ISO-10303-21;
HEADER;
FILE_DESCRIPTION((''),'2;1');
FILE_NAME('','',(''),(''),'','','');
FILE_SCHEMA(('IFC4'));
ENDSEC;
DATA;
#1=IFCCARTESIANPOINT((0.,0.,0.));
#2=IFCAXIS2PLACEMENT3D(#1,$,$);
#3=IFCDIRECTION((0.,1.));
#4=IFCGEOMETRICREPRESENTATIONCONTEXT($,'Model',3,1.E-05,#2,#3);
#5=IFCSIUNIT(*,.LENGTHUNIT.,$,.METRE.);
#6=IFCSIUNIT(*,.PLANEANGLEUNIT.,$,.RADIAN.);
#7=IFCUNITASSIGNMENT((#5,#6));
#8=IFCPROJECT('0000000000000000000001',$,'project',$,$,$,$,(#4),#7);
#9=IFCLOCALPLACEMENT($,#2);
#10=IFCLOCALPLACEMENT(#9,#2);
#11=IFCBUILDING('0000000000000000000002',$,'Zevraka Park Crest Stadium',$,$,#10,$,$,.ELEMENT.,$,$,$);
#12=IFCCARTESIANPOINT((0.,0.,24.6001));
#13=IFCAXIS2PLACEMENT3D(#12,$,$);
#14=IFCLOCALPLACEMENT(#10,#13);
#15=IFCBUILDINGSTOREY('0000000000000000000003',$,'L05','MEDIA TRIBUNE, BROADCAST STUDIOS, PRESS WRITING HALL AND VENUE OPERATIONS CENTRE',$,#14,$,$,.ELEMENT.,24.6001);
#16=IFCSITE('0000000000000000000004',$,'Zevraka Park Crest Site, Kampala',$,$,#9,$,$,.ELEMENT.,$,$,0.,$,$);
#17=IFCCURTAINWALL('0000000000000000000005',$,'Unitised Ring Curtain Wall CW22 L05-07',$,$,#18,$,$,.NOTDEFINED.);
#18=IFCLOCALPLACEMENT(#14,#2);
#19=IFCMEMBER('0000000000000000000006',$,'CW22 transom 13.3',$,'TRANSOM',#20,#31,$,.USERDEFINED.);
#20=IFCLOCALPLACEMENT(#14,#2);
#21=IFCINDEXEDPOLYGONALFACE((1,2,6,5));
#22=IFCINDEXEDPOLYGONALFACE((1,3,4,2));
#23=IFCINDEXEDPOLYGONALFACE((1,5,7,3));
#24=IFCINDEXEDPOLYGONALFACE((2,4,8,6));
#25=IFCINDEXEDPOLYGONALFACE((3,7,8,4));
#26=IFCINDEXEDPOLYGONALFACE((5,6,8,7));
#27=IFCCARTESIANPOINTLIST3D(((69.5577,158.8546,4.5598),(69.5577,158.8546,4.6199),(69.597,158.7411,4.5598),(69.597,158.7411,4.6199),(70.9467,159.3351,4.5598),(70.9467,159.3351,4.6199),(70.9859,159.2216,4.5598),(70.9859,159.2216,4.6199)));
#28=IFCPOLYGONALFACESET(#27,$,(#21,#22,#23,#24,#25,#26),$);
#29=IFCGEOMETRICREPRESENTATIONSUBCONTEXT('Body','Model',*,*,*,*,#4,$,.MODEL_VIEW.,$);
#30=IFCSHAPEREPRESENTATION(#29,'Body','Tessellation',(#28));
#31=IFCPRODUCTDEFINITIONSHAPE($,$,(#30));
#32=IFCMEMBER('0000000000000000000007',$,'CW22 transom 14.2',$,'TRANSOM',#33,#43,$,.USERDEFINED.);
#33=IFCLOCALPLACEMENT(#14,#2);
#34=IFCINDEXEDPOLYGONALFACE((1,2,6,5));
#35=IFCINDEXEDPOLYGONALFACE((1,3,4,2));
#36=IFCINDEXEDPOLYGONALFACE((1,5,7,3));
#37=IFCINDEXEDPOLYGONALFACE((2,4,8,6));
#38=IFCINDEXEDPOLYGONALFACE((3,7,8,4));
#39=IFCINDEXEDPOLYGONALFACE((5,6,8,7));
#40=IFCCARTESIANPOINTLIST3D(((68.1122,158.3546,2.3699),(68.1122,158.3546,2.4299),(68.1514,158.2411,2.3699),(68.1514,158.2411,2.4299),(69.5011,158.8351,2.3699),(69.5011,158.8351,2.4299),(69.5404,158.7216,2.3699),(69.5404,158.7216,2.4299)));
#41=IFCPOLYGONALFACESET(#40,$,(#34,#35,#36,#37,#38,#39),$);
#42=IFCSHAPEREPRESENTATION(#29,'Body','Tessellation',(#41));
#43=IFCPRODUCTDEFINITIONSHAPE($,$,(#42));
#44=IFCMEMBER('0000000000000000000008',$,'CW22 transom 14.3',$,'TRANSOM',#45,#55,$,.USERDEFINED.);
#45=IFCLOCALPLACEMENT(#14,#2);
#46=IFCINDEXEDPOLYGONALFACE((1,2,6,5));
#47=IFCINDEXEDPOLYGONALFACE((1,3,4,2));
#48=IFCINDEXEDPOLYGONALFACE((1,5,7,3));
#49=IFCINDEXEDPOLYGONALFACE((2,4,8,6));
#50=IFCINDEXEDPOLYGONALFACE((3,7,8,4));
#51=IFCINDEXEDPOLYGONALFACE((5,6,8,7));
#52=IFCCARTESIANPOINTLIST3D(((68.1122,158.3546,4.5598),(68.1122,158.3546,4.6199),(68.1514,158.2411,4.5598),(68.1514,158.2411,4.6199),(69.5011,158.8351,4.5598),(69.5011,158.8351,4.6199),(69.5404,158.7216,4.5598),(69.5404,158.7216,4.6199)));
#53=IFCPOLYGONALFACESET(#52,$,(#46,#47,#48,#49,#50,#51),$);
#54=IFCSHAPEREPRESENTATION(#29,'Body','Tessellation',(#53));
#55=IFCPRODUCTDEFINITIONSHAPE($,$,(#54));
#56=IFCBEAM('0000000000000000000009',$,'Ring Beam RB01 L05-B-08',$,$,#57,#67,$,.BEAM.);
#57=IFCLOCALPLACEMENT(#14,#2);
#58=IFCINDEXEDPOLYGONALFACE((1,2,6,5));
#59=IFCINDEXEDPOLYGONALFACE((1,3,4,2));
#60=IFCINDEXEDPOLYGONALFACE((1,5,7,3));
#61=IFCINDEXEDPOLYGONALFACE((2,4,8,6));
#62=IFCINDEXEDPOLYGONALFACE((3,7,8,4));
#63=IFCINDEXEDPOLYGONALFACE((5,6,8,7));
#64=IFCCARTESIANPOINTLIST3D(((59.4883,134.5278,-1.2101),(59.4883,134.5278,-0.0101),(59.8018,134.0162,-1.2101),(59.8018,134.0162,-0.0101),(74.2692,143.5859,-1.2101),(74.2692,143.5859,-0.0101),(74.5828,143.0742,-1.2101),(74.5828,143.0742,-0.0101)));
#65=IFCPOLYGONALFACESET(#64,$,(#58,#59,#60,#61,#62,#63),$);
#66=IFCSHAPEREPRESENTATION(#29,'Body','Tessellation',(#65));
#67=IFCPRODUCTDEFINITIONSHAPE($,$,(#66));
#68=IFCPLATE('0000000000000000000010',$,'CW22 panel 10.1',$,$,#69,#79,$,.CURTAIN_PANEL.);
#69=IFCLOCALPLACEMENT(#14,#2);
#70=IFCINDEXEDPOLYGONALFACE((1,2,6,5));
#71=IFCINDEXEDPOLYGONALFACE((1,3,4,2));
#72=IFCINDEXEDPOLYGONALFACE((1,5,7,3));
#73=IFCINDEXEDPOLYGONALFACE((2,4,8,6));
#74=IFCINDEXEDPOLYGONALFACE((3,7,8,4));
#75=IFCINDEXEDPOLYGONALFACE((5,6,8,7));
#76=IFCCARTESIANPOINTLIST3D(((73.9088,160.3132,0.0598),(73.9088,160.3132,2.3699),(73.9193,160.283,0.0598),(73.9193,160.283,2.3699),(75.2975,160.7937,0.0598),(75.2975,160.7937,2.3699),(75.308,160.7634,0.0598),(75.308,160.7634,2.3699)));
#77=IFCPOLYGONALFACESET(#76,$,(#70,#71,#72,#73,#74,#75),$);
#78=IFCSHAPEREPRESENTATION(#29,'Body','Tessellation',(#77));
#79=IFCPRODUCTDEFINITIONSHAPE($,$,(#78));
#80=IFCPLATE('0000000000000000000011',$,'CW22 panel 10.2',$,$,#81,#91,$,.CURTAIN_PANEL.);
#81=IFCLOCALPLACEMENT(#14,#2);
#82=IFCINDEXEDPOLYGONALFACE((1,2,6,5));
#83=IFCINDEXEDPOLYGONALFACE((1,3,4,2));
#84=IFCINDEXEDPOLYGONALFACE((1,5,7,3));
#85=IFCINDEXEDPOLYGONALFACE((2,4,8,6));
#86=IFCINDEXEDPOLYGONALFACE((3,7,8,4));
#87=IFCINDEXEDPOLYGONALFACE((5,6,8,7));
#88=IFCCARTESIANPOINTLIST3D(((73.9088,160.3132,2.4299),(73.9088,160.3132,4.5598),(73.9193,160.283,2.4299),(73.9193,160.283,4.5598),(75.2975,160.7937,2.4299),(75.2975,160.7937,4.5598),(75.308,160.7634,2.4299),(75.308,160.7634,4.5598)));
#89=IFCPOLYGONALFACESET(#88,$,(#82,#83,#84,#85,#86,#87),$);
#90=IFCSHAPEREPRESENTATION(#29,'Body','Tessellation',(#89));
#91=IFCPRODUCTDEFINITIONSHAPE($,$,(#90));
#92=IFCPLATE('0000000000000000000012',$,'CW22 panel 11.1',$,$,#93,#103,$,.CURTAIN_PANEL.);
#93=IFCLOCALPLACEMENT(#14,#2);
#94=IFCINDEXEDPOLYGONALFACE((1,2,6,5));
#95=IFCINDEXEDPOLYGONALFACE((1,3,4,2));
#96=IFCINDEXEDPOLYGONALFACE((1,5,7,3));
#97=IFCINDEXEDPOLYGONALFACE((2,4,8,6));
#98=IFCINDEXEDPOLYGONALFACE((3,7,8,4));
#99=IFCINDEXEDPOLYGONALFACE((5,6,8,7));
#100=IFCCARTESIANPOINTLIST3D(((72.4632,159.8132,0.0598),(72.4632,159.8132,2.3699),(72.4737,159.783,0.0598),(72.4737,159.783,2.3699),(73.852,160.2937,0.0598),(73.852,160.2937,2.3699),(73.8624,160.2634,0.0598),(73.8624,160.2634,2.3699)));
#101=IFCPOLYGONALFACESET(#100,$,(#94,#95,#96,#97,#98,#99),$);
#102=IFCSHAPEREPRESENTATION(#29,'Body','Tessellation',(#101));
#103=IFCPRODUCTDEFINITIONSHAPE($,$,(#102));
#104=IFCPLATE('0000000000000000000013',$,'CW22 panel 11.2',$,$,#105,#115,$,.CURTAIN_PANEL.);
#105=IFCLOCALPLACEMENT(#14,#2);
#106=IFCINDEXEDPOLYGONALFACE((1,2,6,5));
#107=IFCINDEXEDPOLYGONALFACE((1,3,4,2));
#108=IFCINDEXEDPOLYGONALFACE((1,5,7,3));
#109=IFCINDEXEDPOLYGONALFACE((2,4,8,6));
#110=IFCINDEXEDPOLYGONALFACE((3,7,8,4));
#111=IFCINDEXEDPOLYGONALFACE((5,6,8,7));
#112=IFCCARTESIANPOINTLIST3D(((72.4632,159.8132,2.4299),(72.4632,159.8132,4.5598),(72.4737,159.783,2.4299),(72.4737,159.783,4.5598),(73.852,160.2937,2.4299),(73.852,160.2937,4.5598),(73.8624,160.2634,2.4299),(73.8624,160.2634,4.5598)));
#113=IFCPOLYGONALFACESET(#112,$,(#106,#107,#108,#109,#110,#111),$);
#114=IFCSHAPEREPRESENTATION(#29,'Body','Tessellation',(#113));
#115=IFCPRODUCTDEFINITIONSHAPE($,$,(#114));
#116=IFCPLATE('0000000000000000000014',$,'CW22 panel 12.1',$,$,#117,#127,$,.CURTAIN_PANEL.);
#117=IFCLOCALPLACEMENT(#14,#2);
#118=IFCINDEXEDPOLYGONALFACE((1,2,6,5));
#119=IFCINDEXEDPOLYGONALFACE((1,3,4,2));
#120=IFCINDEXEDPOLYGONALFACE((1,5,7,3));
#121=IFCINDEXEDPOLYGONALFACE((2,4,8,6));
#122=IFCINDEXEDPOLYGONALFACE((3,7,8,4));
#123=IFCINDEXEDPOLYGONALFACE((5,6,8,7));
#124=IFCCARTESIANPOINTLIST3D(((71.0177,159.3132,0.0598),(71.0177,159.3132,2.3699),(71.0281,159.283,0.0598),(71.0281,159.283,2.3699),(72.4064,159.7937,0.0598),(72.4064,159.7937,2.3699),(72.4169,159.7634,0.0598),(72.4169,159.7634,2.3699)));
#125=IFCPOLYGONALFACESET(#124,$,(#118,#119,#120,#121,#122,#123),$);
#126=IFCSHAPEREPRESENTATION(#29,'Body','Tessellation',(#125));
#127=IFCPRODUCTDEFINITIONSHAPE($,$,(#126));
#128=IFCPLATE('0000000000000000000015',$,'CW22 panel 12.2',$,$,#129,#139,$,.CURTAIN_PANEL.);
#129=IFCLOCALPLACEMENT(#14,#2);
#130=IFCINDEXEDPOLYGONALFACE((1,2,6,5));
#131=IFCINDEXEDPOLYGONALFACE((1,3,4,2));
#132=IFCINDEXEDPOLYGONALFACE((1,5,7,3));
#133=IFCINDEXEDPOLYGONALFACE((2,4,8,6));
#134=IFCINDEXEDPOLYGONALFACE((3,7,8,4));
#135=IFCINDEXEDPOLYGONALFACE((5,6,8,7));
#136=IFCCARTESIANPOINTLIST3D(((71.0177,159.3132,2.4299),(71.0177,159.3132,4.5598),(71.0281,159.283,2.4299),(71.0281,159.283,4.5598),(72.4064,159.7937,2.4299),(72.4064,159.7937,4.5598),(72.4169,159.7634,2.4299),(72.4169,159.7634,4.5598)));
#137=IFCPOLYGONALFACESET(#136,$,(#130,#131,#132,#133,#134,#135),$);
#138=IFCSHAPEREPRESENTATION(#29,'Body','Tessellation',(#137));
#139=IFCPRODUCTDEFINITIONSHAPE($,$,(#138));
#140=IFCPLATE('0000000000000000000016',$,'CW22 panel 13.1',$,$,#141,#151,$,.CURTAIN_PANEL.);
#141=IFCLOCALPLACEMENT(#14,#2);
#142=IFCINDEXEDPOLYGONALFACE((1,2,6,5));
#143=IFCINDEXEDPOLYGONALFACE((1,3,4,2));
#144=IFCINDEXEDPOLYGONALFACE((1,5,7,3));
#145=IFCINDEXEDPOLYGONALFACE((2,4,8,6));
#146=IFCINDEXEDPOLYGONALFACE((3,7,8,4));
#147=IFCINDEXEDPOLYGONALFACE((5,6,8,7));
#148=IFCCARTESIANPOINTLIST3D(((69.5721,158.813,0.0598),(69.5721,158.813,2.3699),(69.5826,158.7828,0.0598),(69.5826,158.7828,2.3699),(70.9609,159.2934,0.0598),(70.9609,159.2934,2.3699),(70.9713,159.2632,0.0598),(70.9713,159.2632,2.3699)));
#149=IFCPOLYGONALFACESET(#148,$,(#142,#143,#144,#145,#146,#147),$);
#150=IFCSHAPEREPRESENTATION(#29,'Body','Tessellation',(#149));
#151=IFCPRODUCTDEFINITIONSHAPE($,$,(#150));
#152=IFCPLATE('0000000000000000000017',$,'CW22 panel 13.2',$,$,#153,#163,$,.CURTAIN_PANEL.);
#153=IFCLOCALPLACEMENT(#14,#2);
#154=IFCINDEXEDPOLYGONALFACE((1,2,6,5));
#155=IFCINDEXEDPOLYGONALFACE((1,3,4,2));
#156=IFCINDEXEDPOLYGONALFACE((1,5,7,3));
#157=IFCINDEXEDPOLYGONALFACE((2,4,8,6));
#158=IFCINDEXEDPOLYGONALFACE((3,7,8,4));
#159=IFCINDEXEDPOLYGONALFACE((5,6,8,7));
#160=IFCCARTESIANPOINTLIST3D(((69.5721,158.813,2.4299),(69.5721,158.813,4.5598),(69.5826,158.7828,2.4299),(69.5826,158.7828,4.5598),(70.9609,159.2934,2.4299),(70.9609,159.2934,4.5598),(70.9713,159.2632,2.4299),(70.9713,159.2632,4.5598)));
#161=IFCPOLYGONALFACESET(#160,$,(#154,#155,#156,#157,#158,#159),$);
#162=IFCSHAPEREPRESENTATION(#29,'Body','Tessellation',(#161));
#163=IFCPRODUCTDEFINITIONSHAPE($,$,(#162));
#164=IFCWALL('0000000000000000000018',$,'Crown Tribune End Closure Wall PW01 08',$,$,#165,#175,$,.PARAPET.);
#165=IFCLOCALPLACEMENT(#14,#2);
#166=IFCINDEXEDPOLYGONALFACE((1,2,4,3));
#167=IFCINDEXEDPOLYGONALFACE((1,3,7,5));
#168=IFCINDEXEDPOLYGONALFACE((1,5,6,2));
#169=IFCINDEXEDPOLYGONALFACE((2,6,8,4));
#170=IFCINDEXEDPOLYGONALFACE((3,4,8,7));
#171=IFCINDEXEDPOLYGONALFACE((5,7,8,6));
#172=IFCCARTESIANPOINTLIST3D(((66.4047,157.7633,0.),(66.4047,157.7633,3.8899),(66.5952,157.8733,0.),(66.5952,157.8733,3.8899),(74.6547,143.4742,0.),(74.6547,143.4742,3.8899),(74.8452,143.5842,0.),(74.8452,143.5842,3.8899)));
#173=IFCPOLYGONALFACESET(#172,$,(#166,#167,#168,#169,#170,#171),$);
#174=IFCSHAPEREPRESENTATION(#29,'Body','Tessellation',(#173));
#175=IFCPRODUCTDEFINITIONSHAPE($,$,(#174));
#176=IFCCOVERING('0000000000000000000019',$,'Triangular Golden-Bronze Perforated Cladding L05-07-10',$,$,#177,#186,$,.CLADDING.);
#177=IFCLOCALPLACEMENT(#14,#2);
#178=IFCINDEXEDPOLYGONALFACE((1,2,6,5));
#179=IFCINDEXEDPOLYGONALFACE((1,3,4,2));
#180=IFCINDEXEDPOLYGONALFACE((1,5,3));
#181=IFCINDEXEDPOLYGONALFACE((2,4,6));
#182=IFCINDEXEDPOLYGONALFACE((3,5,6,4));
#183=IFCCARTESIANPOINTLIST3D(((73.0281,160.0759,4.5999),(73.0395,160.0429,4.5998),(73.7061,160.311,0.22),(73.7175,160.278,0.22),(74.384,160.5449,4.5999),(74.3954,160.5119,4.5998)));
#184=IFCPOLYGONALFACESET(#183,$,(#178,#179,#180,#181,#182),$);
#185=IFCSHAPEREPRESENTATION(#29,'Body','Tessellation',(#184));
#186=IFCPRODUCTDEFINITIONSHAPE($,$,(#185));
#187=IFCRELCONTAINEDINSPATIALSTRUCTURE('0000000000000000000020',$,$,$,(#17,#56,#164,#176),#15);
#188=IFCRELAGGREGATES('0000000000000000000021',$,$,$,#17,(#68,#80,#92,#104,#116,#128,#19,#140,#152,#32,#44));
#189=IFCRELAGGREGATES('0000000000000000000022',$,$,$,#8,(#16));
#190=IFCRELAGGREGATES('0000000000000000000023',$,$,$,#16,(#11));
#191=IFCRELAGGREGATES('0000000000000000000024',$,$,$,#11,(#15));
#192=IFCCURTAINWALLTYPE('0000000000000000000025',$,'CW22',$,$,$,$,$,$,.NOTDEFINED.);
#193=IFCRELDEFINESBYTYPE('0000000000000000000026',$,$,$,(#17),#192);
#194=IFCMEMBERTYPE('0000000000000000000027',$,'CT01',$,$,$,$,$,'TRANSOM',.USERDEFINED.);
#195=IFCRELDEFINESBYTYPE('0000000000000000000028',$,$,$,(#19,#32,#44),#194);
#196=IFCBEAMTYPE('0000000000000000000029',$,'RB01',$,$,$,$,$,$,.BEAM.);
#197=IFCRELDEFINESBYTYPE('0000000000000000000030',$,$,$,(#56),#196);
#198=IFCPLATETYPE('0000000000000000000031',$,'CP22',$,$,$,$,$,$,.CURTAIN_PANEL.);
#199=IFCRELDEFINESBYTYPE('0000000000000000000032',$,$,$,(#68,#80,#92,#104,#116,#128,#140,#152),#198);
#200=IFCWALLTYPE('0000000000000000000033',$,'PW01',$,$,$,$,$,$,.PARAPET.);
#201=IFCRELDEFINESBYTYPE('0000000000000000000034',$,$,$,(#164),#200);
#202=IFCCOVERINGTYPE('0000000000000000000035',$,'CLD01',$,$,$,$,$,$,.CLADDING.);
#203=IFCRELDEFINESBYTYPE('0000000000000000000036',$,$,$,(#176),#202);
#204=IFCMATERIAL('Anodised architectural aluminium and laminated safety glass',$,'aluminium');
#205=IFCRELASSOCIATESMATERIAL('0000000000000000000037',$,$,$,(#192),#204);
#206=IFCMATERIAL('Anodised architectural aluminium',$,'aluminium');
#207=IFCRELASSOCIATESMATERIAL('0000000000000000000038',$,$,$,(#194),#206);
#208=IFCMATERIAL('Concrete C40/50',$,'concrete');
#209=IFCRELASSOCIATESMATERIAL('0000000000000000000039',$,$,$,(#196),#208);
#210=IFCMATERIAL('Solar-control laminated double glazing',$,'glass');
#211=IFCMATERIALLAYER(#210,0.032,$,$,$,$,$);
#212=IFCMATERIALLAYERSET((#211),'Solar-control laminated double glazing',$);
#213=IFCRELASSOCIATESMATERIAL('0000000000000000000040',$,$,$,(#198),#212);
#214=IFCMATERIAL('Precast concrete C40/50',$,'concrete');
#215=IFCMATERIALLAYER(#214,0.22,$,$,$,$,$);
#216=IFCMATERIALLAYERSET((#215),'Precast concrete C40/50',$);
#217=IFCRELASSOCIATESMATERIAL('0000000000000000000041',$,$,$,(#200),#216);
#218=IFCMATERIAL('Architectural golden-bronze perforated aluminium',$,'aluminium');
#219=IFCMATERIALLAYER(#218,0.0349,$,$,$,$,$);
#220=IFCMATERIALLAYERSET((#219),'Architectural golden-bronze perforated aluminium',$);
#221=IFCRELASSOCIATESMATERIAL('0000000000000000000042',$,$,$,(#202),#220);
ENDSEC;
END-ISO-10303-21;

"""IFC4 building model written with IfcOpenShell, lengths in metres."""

from ifc_helpers import new_model, si_unit, direction, frame, frame_2d, origin, origin_2d, place, context, subcontext, project, spatial, polyline, rectangle, outline, extrude, material, layer, layer_set, material_profile, profile_set, type_object, element, aggregate, save


model = new_model("IFC4")

# Units and contexts
model_context = context("Model", 3, precision=1e-05, world=origin(), true_north=direction((0.0, 1.0)))
body_context = subcontext(model_context, "Body", "Model", "MODEL_VIEW")
ifc_project = project(units=[si_unit("LENGTHUNIT", "METRE"), si_unit("PLANEANGLEUNIT", "RADIAN")], contexts=[model_context])

# Site, building, storey
site_placement = place(None, origin())
site = spatial("IfcSite", under=ifc_project, at=site_placement, Name="Zevraka Park Crest Site, Kampala", CompositionType="ELEMENT", RefElevation=0.0)
building_placement = place(site_placement, origin())
building = spatial("IfcBuilding", under=site, at=building_placement, Name="Zevraka Park Crest Stadium", CompositionType="ELEMENT")
storey_placement = place(building_placement, frame((0.0, 0.0, 24.6001)))
storey = spatial("IfcBuildingStorey", under=building, at=storey_placement, Name="L05", Description="MEDIA TRIBUNE, BROADCAST STUDIOS, PRESS WRITING HALL AND VENUE OPERATIONS CENTRE", CompositionType="ELEMENT", Elevation=24.6001)

# Curtain wall, members
ifc_material_1 = material(Name="Anodised architectural aluminium and laminated safety glass", Category="aluminium")
curtain_wall_type = type_object("IfcCurtainWallType", Name="CW22", PredefinedType="NOTDEFINED", material=ifc_material_1)
curtain_wall_placement = place(storey_placement, origin())
curtain_wall = element("IfcCurtainWall", 1, at=curtain_wall_placement, inside=storey, type_object=curtain_wall_type, Name="Unitised Ring Curtain Wall CW22 L05-07", PredefinedType="NOTDEFINED")
ifc_material_2 = material(Name="Anodised architectural aluminium", Category="aluminium")
ifc_material_profile_1 = material_profile(ifc_material_2, rectangle(XDim=0.1201, YDim=0.0601, at=origin_2d()), Name="ALU TRANSOM 120x60")
ifc_profile_set_1 = profile_set([ifc_material_profile_1], Name="Anodised architectural aluminium")
member_type_1 = type_object("IfcMemberType", Name="CT01", ElementType="TRANSOM", PredefinedType="USERDEFINED", material=ifc_profile_set_1)
member_1_placement = place(storey_placement, frame((70.9663, 159.2783, 4.5898), z_axis=(-0.945051, -0.326922, 0.0), x_axis=(0.326922, -0.945051, 0.0)))
member_1 = element("IfcMember", 2, at=member_1_placement, type_object=member_type_1, Name="CW22 transom 13.3", ObjectType="TRANSOM", PredefinedType="USERDEFINED", context=body_context, shape_type="SweptSolid", body=[
    extrude(rectangle(XDim=0.1201, YDim=0.0601, at=origin_2d()), origin(), (0.0, 0.0, 1.0), 1.4697),
])
member_2_placement = place(storey_placement, frame((69.5208, 158.7783, 2.3999), z_axis=(-0.945051, -0.326922, 0.0), x_axis=(0.326922, -0.945051, 0.0)))
member_2 = element("IfcMember", 3, at=member_2_placement, type_object=member_type_1, Name="CW22 transom 14.2", ObjectType="TRANSOM", PredefinedType="USERDEFINED", context=body_context, shape_type="SweptSolid", body=[
    extrude(rectangle(XDim=0.1201, YDim=0.0601, at=origin_2d()), origin(), (0.0, 0.0, 1.0), 1.4697),
])
member_3_placement = place(storey_placement, frame((69.5208, 158.7783, 4.5898), z_axis=(-0.945051, -0.326922, 0.0), x_axis=(0.326922, -0.945051, 0.0)))
member_3 = element("IfcMember", 4, at=member_3_placement, type_object=member_type_1, Name="CW22 transom 14.3", ObjectType="TRANSOM", PredefinedType="USERDEFINED", context=body_context, shape_type="SweptSolid", body=[
    extrude(rectangle(XDim=0.1201, YDim=0.0601, at=origin_2d()), origin(), (0.0, 0.0, 1.0), 1.4697),
])

# Beam
ifc_material_3 = material(Name="Concrete C40/50", Category="concrete")
ifc_material_profile_2 = material_profile(ifc_material_3, rectangle(XDim=0.6001, YDim=1.2, at=origin_2d()), Name="RC 1200x600")
ifc_profile_set_2 = profile_set([ifc_material_profile_2], Name="Concrete C40/50")
beam_type_1 = type_object("IfcBeamType", Name="RB01", PredefinedType="BEAM", material=ifc_profile_set_2)
beam_1_placement = place(storey_placement, frame((74.426, 143.3301, -0.6101), z_axis=(-0.852633, -0.522511, 0.0), x_axis=(0.522511, -0.852633, 0.0)))
element("IfcBeam", 5, at=beam_1_placement, inside=storey, type_object=beam_type_1, Name="Ring Beam RB01 L05-B-08", PredefinedType="BEAM", context=body_context, shape_type="SweptSolid", body=[
    extrude(rectangle(XDim=0.6001, YDim=1.2, at=origin_2d()), origin(), (0.0, 0.0, 1.0), 17.3357),
])

# Plates
ifc_material_4 = material(Name="Solar-control laminated double glazing", Category="glass")
ifc_layer_1 = layer(ifc_material_4, 0.032)
ifc_layer_set_1 = layer_set([ifc_layer_1], Name="Solar-control laminated double glazing")
plate_type = type_object("IfcPlateType", Name="CP22", PredefinedType="CURTAIN_PANEL", material=ifc_layer_set_1)
plate_1_placement = place(storey_placement, frame((74.6084, 160.5383, 0.0598), z_axis=(0.0, 0.0, 1.0), x_axis=(-0.945049, -0.326929, 0.0)))
plate_1 = element("IfcPlate", 6, at=plate_1_placement, type_object=plate_type, Name="CW22 panel 10.1", PredefinedType="CURTAIN_PANEL", context=body_context, shape_type="SweptSolid", body=[
    extrude(rectangle(XDim=1.4695, YDim=0.032, at=origin_2d()), origin(), (0.0, 0.0, 1.0), 2.3101),
])
plate_2_placement = place(storey_placement, frame((74.6084, 160.5383, 2.4299), z_axis=(0.0, 0.0, 1.0), x_axis=(-0.945049, -0.326929, 0.0)))
plate_2 = element("IfcPlate", 7, at=plate_2_placement, type_object=plate_type, Name="CW22 panel 10.2", PredefinedType="CURTAIN_PANEL", context=body_context, shape_type="SweptSolid", body=[
    extrude(rectangle(XDim=1.4695, YDim=0.032, at=origin_2d()), origin(), (0.0, 0.0, 1.0), 2.1299),
])
plate_3_placement = place(storey_placement, frame((73.1628, 160.0383, 0.0598), z_axis=(0.0, 0.0, 1.0), x_axis=(-0.945049, -0.326929, 0.0)))
plate_3 = element("IfcPlate", 8, at=plate_3_placement, type_object=plate_type, Name="CW22 panel 11.1", PredefinedType="CURTAIN_PANEL", context=body_context, shape_type="SweptSolid", body=[
    extrude(rectangle(XDim=1.4695, YDim=0.032, at=origin_2d()), origin(), (0.0, 0.0, 1.0), 2.3101),
])
plate_4_placement = place(storey_placement, frame((73.1628, 160.0383, 2.4299), z_axis=(0.0, 0.0, 1.0), x_axis=(-0.945049, -0.326929, 0.0)))
plate_4 = element("IfcPlate", 9, at=plate_4_placement, type_object=plate_type, Name="CW22 panel 11.2", PredefinedType="CURTAIN_PANEL", context=body_context, shape_type="SweptSolid", body=[
    extrude(rectangle(XDim=1.4695, YDim=0.032, at=origin_2d()), origin(), (0.0, 0.0, 1.0), 2.1299),
])
plate_5_placement = place(storey_placement, frame((71.7173, 159.5383, 0.0598), z_axis=(0.0, 0.0, 1.0), x_axis=(-0.945049, -0.326929, 0.0)))
plate_5 = element("IfcPlate", 10, at=plate_5_placement, type_object=plate_type, Name="CW22 panel 12.1", PredefinedType="CURTAIN_PANEL", context=body_context, shape_type="SweptSolid", body=[
    extrude(rectangle(XDim=1.4695, YDim=0.032, at=origin_2d()), origin(), (0.0, 0.0, 1.0), 2.3101),
])
plate_6_placement = place(storey_placement, frame((71.7173, 159.5383, 2.4299), z_axis=(0.0, 0.0, 1.0), x_axis=(-0.945049, -0.326929, 0.0)))
plate_6 = element("IfcPlate", 11, at=plate_6_placement, type_object=plate_type, Name="CW22 panel 12.2", PredefinedType="CURTAIN_PANEL", context=body_context, shape_type="SweptSolid", body=[
    extrude(rectangle(XDim=1.4695, YDim=0.032, at=origin_2d()), origin(), (0.0, 0.0, 1.0), 2.1299),
])
plate_7_placement = place(storey_placement, frame((70.2717, 159.0381, 0.0598), z_axis=(0.0, 0.0, 1.0), x_axis=(-0.945049, -0.326929, 0.0)))
plate_7 = element("IfcPlate", 12, at=plate_7_placement, type_object=plate_type, Name="CW22 panel 13.1", PredefinedType="CURTAIN_PANEL", context=body_context, shape_type="SweptSolid", body=[
    extrude(rectangle(XDim=1.4695, YDim=0.032, at=origin_2d()), origin(), (0.0, 0.0, 1.0), 2.3101),
])
plate_8_placement = place(storey_placement, frame((70.2717, 159.0381, 2.4299), z_axis=(0.0, 0.0, 1.0), x_axis=(-0.945049, -0.326929, 0.0)))
plate_8 = element("IfcPlate", 13, at=plate_8_placement, type_object=plate_type, Name="CW22 panel 13.2", PredefinedType="CURTAIN_PANEL", context=body_context, shape_type="SweptSolid", body=[
    extrude(rectangle(XDim=1.4695, YDim=0.032, at=origin_2d()), origin(), (0.0, 0.0, 1.0), 2.1299),
])
aggregate(curtain_wall, [plate_1, plate_2, plate_3, plate_4, plate_5, plate_6, member_1, plate_7, plate_8, member_2, member_3])

# Wall
ifc_material_5 = material(Name="Precast concrete C40/50", Category="concrete")
ifc_layer_2 = layer(ifc_material_5, 0.22)
ifc_layer_set_2 = layer_set([ifc_layer_2], Name="Precast concrete C40/50")
wall_type = type_object("IfcWallType", Name="PW01", PredefinedType="PARAPET", material=ifc_layer_set_2)
wall_placement = place(storey_placement, frame((74.75, 143.5291, 0.0), z_axis=(0.0, 0.0, 1.0), x_axis=(-0.500009, 0.86602, 0.0)))
element("IfcWall", 14, at=wall_placement, inside=storey, type_object=wall_type, Name="Crown Tribune End Closure Wall PW01 08", PredefinedType="PARAPET", context=body_context, shape_type="SweptSolid", body=[
    extrude(rectangle(XDim=16.4998, YDim=0.22, at=frame_2d((8.25, 0.0))), origin(), (0.0, 0.0, 1.0), 3.8899),
])

# Covering
ifc_material_6 = material(Name="Architectural golden-bronze perforated aluminium", Category="aluminium")
ifc_layer_3 = layer(ifc_material_6, 0.0349)
ifc_layer_set_3 = layer_set([ifc_layer_3], Name="Architectural golden-bronze perforated aluminium")
covering_type = type_object("IfcCoveringType", Name="CLD01", PredefinedType="CLADDING", material=ifc_layer_set_3)
covering_1_placement = place(storey_placement, frame((73.0281, 160.0759, 4.5999), z_axis=(-0.326877, 0.945067, 0.000132), x_axis=(0.945067, 0.326877, 0.0)))
element("IfcCovering", 15, at=covering_1_placement, inside=storey, type_object=covering_type, Name="Triangular Golden-Bronze Perforated Cladding L05-07-10", PredefinedType="CLADDING", context=body_context, shape_type="SweptSolid", body=[
    extrude(outline(polyline([(0.0, 0.0), (1.4348, 0.0), (0.7176, 4.3799), (0.0, 0.0)])), origin(), (0.0, 0.0, -1.0), 0.0349),
])

save(model, "model.ifc")
